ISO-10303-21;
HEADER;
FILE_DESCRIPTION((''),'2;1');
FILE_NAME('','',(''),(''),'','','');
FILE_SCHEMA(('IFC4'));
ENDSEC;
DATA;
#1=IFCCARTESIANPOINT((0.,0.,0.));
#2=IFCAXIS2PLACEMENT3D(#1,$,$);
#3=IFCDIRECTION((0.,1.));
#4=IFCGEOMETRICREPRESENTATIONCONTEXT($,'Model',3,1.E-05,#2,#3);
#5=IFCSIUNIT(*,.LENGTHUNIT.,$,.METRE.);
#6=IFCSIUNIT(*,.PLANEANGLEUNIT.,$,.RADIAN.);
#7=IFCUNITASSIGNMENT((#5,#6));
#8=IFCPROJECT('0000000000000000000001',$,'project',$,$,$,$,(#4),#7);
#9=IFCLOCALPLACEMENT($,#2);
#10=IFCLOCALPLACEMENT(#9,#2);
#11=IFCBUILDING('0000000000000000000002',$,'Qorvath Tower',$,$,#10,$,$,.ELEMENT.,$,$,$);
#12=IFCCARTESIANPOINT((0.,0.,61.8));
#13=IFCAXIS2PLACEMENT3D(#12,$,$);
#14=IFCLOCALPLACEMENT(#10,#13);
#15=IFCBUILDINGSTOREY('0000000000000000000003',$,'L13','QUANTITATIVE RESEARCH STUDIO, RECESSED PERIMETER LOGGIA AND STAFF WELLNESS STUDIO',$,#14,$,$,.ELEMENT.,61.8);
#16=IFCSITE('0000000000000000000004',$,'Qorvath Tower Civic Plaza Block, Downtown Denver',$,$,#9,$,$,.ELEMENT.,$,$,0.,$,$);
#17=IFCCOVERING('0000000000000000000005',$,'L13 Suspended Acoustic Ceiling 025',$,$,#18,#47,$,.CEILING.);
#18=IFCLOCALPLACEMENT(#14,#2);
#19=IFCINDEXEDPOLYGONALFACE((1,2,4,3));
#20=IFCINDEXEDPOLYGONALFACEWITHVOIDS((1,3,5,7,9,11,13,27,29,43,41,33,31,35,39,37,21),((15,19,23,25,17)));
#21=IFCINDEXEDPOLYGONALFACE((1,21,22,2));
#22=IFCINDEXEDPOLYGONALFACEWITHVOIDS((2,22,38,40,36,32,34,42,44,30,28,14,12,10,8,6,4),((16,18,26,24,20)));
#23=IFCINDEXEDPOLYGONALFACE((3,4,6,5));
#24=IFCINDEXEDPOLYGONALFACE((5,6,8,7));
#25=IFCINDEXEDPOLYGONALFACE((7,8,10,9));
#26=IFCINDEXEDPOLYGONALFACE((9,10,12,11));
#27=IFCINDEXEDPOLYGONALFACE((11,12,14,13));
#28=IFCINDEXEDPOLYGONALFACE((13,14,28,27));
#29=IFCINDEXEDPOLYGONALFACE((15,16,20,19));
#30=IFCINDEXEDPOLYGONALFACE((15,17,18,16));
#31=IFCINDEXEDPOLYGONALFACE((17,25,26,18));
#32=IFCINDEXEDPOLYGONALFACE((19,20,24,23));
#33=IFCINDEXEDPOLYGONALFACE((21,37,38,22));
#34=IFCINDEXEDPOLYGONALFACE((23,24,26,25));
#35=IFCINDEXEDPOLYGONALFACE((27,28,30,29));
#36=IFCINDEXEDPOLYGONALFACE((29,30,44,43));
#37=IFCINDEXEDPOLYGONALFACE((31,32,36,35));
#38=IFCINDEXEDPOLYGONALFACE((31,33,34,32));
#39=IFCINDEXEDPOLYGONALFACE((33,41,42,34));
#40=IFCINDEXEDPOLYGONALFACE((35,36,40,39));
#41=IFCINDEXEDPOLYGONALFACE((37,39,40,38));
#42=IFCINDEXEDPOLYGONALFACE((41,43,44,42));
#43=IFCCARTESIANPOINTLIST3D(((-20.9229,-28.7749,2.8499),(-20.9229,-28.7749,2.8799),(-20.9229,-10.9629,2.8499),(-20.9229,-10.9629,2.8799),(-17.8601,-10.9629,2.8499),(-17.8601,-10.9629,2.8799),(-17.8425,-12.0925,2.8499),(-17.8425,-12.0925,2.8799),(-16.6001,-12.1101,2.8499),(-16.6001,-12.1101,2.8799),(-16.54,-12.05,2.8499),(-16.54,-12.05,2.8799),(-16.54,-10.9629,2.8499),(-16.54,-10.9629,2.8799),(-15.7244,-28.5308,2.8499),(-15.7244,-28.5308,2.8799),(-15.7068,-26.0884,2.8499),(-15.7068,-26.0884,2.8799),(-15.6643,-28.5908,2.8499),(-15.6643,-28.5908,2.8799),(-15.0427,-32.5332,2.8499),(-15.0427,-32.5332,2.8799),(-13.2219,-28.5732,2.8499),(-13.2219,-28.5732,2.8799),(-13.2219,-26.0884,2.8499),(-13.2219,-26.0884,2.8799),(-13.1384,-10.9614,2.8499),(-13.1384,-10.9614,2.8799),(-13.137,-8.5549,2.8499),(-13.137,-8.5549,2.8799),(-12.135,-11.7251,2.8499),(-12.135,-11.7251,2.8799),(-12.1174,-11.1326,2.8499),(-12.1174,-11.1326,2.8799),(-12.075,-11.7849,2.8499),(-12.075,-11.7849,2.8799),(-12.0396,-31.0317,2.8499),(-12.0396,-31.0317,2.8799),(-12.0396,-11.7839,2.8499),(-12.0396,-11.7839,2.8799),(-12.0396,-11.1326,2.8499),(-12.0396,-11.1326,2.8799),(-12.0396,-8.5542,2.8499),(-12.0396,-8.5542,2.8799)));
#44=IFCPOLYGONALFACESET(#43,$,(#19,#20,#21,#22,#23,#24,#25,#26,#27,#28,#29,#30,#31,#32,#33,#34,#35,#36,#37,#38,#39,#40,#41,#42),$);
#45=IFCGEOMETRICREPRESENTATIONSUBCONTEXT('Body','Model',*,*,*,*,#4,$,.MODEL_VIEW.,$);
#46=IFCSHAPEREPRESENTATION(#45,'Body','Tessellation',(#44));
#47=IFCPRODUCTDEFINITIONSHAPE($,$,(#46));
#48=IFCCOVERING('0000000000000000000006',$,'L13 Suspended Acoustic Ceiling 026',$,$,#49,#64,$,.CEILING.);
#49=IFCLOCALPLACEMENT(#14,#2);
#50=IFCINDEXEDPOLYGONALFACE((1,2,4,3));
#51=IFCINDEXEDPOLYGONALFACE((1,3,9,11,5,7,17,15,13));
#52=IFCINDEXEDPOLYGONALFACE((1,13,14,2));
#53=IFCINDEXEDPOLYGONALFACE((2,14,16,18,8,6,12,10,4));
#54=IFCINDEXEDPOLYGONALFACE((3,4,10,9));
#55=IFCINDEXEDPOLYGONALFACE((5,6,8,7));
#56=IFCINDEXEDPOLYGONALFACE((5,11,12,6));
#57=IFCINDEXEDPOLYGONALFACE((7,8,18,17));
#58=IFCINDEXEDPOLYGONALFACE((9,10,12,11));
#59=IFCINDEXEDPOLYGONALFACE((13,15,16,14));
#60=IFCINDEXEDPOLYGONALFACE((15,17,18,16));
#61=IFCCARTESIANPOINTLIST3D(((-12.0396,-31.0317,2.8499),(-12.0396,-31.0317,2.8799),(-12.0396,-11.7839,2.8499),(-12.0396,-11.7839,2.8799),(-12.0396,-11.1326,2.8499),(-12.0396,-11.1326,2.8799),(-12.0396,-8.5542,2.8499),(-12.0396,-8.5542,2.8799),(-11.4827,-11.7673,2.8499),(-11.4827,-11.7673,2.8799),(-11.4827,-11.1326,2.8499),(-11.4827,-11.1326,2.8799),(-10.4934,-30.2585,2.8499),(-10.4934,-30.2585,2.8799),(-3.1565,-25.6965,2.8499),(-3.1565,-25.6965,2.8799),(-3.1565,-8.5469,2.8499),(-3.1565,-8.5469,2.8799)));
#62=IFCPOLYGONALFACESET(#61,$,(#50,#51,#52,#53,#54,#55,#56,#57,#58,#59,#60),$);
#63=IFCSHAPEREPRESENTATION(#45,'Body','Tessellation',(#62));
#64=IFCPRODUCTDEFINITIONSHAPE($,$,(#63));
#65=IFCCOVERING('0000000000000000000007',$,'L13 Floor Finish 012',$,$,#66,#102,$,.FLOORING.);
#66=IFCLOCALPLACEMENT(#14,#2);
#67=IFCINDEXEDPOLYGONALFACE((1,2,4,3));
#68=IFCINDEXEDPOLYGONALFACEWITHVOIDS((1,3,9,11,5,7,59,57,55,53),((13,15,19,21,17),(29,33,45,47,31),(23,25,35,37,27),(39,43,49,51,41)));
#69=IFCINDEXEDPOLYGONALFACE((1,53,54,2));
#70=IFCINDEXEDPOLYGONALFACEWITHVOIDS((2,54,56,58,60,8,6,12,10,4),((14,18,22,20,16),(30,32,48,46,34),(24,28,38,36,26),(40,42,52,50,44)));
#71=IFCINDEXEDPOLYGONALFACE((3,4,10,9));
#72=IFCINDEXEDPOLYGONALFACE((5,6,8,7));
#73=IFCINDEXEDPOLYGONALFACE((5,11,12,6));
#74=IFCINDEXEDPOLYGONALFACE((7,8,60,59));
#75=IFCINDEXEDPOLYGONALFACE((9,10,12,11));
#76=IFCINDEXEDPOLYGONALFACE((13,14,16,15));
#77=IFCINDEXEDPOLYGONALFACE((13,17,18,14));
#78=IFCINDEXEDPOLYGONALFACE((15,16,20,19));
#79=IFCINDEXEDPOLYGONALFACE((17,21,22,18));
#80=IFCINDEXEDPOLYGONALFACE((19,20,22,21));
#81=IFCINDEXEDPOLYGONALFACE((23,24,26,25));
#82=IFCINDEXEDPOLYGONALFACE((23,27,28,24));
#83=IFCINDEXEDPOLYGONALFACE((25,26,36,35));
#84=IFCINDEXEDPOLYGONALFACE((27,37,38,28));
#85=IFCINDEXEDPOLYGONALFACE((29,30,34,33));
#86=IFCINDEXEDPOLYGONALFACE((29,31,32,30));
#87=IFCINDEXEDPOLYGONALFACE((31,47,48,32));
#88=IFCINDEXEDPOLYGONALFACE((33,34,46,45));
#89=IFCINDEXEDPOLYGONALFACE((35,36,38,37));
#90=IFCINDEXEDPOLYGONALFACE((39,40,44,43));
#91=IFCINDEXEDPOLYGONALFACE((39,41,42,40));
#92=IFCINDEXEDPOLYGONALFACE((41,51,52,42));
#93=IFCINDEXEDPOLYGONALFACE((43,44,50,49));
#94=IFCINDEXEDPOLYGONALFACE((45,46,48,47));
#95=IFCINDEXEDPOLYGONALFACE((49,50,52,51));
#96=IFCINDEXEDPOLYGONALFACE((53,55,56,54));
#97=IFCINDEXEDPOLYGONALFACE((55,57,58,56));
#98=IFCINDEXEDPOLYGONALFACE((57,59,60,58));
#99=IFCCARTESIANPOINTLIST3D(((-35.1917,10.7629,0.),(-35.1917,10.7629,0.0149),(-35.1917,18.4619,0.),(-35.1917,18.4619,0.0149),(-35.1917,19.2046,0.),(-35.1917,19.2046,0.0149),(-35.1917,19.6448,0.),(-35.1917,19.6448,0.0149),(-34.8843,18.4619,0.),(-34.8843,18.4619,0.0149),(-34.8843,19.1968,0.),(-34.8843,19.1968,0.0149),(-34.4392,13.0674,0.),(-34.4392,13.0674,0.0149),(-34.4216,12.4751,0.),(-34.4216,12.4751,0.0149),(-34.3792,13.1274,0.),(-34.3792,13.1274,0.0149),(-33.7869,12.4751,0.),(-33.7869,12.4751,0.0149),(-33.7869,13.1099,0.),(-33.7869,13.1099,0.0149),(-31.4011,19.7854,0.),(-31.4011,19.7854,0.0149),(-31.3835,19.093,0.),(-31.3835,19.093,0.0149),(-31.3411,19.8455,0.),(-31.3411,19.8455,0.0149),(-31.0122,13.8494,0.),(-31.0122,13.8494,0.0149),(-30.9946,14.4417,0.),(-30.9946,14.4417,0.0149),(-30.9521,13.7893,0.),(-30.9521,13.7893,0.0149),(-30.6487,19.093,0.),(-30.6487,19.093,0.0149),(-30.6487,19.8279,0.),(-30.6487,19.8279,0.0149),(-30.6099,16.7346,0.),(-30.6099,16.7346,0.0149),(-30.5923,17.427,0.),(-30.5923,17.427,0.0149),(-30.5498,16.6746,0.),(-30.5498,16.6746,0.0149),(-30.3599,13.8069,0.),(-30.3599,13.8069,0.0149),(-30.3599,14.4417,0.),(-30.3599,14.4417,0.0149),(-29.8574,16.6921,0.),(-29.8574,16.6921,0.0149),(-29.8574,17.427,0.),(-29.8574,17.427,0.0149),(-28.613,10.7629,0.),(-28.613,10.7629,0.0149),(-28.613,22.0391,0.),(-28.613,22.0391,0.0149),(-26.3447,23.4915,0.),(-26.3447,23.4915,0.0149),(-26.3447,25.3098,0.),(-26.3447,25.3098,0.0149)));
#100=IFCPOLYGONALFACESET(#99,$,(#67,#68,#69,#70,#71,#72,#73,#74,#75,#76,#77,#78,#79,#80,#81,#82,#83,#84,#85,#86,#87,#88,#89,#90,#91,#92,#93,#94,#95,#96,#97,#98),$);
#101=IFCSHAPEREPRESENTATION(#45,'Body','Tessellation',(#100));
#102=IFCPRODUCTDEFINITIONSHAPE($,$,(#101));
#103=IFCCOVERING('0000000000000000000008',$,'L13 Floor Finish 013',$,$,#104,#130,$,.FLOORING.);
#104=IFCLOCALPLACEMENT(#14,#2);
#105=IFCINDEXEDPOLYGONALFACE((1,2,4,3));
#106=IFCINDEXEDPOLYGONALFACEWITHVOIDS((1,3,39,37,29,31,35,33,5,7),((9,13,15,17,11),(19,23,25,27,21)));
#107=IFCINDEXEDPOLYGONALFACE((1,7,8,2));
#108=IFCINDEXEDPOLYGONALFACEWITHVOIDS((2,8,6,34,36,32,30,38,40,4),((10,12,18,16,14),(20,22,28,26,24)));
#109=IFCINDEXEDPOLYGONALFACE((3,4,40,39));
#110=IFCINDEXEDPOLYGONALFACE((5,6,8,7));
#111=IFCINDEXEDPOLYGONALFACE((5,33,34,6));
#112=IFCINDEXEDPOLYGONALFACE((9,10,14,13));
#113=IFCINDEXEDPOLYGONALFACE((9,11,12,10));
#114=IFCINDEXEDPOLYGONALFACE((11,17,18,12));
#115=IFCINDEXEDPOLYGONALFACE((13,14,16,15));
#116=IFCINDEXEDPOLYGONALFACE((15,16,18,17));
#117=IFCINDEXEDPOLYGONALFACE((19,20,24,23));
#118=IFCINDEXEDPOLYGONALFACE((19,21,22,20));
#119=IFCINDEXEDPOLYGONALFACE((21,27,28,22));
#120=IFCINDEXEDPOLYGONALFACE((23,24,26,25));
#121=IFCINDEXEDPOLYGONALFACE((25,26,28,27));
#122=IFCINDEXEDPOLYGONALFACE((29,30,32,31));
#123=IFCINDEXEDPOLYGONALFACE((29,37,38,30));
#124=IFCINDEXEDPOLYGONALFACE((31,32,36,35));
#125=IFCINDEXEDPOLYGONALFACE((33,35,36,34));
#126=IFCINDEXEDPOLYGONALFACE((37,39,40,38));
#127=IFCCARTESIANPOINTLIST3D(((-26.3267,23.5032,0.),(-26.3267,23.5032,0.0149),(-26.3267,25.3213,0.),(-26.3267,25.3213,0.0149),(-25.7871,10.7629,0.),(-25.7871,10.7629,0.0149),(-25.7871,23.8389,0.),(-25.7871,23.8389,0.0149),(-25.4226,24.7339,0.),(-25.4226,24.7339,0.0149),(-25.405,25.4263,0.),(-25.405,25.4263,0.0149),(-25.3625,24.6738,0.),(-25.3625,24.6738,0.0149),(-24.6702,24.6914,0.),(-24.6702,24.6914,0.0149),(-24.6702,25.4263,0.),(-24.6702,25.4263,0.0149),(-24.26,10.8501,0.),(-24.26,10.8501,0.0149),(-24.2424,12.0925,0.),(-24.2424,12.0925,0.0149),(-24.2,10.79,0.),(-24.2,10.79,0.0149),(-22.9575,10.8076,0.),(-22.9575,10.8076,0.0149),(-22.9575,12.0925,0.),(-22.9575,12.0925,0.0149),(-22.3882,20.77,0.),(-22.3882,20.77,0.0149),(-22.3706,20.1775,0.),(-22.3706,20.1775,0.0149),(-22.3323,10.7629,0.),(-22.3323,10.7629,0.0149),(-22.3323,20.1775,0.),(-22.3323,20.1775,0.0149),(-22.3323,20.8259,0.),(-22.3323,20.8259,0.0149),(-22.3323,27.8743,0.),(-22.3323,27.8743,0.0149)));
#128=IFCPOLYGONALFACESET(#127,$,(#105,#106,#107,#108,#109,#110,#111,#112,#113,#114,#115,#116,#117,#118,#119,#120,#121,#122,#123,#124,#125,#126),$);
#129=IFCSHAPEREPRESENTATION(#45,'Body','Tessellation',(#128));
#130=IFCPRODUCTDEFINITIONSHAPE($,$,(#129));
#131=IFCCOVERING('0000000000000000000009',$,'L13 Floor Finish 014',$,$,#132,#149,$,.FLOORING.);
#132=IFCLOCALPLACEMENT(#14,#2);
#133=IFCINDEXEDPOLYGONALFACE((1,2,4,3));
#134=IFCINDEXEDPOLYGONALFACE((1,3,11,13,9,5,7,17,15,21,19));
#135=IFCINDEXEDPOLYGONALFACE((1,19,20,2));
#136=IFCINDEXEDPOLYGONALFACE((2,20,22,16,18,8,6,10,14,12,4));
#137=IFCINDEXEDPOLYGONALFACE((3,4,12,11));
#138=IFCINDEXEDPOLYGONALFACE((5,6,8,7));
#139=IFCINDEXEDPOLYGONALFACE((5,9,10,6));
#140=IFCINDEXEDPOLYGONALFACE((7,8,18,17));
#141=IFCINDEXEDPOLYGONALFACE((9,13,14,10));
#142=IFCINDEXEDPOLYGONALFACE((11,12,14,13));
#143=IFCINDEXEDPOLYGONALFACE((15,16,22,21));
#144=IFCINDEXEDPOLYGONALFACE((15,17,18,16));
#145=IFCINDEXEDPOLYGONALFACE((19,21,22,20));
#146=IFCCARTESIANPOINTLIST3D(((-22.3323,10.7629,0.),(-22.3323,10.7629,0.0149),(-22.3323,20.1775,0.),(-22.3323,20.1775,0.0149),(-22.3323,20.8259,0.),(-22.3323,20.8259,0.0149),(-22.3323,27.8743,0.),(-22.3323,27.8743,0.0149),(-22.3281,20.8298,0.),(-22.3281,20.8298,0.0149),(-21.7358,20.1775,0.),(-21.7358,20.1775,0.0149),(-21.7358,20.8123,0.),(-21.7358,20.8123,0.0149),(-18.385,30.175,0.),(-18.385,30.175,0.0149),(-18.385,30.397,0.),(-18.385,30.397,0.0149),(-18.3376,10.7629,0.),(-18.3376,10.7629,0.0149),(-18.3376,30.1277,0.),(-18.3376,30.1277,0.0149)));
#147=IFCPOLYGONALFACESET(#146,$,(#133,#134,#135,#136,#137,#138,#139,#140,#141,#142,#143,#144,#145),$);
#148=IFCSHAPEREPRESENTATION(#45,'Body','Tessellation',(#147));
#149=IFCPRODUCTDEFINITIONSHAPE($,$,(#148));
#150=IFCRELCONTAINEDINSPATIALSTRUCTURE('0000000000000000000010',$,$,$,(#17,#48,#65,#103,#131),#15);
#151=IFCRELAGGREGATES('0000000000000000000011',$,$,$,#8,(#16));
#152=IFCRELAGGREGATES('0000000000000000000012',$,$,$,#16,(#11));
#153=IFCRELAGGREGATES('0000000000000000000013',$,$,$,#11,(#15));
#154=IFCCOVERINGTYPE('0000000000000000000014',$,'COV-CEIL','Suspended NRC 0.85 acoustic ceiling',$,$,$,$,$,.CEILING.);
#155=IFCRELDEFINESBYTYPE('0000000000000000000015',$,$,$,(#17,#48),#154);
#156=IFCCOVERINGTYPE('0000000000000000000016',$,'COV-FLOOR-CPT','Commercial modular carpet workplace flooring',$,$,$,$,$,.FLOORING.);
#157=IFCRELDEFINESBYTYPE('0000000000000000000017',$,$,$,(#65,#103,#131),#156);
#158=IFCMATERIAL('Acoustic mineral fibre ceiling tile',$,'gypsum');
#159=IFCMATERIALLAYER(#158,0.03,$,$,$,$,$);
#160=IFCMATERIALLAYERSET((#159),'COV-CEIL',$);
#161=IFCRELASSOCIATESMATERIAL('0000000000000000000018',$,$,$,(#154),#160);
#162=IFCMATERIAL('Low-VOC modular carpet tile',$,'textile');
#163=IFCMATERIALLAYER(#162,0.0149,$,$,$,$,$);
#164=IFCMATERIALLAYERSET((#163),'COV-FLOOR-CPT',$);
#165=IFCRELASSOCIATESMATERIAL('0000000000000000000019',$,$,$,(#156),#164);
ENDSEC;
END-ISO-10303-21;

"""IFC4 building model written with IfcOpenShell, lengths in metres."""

from ifc_helpers import new_model, si_unit, direction, frame, origin, place, context, subcontext, project, spatial, polyline, outline, extrude, material, layer, layer_set, type_object, element, save


model = new_model("IFC4")

# Units and contexts
model_context = context("Model", 3, precision=1e-05, world=origin(), true_north=direction((0.0, 1.0)))
body_context = subcontext(model_context, "Body", "Model", "MODEL_VIEW")
ifc_project = project(units=[si_unit("LENGTHUNIT", "METRE"), si_unit("PLANEANGLEUNIT", "RADIAN")], contexts=[model_context])

# Site, building, storey
site_placement = place(None, origin())
site = spatial("IfcSite", under=ifc_project, at=site_placement, Name="Qorvath Tower Civic Plaza Block, Downtown Denver", CompositionType="ELEMENT", RefElevation=0.0)
building_placement = place(site_placement, origin())
building = spatial("IfcBuilding", under=site, at=building_placement, Name="Qorvath Tower", CompositionType="ELEMENT")
storey_placement = place(building_placement, frame((0.0, 0.0, 61.8)))
storey = spatial("IfcBuildingStorey", under=building, at=storey_placement, Name="L13", Description="QUANTITATIVE RESEARCH STUDIO, RECESSED PERIMETER LOGGIA AND STAFF WELLNESS STUDIO", CompositionType="ELEMENT", Elevation=61.8)

# Coverings
ifc_material_1 = material(Name="Acoustic mineral fibre ceiling tile", Category="gypsum")
ifc_layer_1 = layer(ifc_material_1, 0.03)
ifc_layer_set_1 = layer_set([ifc_layer_1], Name="COV-CEIL")
covering_type_1 = type_object("IfcCoveringType", Name="COV-CEIL", Description="Suspended NRC 0.85 acoustic ceiling", PredefinedType="CEILING", material=ifc_layer_set_1)
covering_1_placement = place(storey_placement, frame((0.0, 0.0, 2.8499)))
element("IfcCovering", 1, at=covering_1_placement, inside=storey, type_object=covering_type_1, Name="L13 Suspended Acoustic Ceiling 025", PredefinedType="CEILING", context=body_context, shape_type="SweptSolid", body=[
    extrude(outline(polyline([(-17.8601, -10.9629), (-20.9229, -10.9629), (-20.9229, -28.7749), (-15.0427, -32.5332), (-12.0396, -31.0317), (-12.0396, -11.7839), (-12.075, -11.7849), (-12.135, -11.7251), (-12.1174, -11.1326), (-12.0396, -11.1326), (-12.0396, -8.5542), (-13.137, -8.5549), (-13.1384, -10.9614), (-16.54, -10.9629), (-16.54, -12.05), (-16.6001, -12.1101), (-17.8425, -12.0925), (-17.8601, -10.9629)]), holes=[polyline([(-15.7244, -28.5308), (-15.7068, -26.0884), (-13.2219, -26.0884), (-13.2219, -28.5732), (-15.6643, -28.5908), (-15.7244, -28.5308)])]), origin(), (0.0, 0.0, 1.0), 0.03),
])
covering_2_placement = place(storey_placement, frame((0.0, 0.0, 2.8499)))
element("IfcCovering", 2, at=covering_2_placement, inside=storey, type_object=covering_type_1, Name="L13 Suspended Acoustic Ceiling 026", PredefinedType="CEILING", context=body_context, shape_type="SweptSolid", body=[
    extrude(outline(polyline([(-12.0396, -8.5542), (-12.0396, -11.1326), (-11.4827, -11.1326), (-11.4827, -11.7673), (-12.0396, -11.7839), (-12.0396, -31.0317), (-10.4934, -30.2585), (-3.1565, -25.6965), (-3.1565, -8.5469), (-12.0396, -8.5542)])), origin(), (0.0, 0.0, 1.0), 0.03),
])
ifc_material_2 = material(Name="Low-VOC modular carpet tile", Category="textile")
ifc_layer_2 = layer(ifc_material_2, 0.0149)
ifc_layer_set_2 = layer_set([ifc_layer_2], Name="COV-FLOOR-CPT")
covering_type_2 = type_object("IfcCoveringType", Name="COV-FLOOR-CPT", Description="Commercial modular carpet workplace flooring", PredefinedType="FLOORING", material=ifc_layer_set_2)
covering_3_placement = place(storey_placement, origin())
element("IfcCovering", 3, at=covering_3_placement, inside=storey, type_object=covering_type_2, Name="L13 Floor Finish 012", PredefinedType="FLOORING", context=body_context, shape_type="SweptSolid", body=[
    extrude(outline(polyline([(-35.1917, 19.6448), (-35.1917, 19.2046), (-34.8843, 19.1968), (-34.8843, 18.4619), (-35.1917, 18.4619), (-35.1917, 10.7629), (-28.613, 10.7629), (-28.613, 22.0391), (-26.3447, 23.4915), (-26.3447, 25.3098), (-35.1917, 19.6448)]), holes=[polyline([(-30.6099, 16.7346), (-30.5923, 17.427), (-29.8574, 17.427), (-29.8574, 16.6921), (-30.5498, 16.6746), (-30.6099, 16.7346)]), polyline([(-31.0122, 13.8494), (-30.9946, 14.4417), (-30.3599, 14.4417), (-30.3599, 13.8069), (-30.9521, 13.7893), (-31.0122, 13.8494)]), polyline([(-31.4011, 19.7854), (-31.3411, 19.8455), (-30.6487, 19.8279), (-30.6487, 19.093), (-31.3835, 19.093), (-31.4011, 19.7854)]), polyline([(-34.4392, 13.0674), (-34.3792, 13.1274), (-33.7869, 13.1099), (-33.7869, 12.4751), (-34.4216, 12.4751), (-34.4392, 13.0674)])]), origin(), (0.0, 0.0, 1.0), 0.0149),
])
covering_4_placement = place(storey_placement, origin())
element("IfcCovering", 4, at=covering_4_placement, inside=storey, type_object=covering_type_2, Name="L13 Floor Finish 013", PredefinedType="FLOORING", context=body_context, shape_type="SweptSolid", body=[
    extrude(outline(polyline([(-22.3323, 10.7629), (-22.3323, 20.1775), (-22.3706, 20.1775), (-22.3882, 20.77), (-22.3323, 20.8259), (-22.3323, 27.8743), (-26.3267, 25.3213), (-26.3267, 23.5032), (-25.7871, 23.8389), (-25.7871, 10.7629), (-22.3323, 10.7629)]), holes=[polyline([(-24.26, 10.8501), (-24.2424, 12.0925), (-22.9575, 12.0925), (-22.9575, 10.8076), (-24.2, 10.79), (-24.26, 10.8501)]), polyline([(-25.4226, 24.7339), (-25.405, 25.4263), (-24.6702, 25.4263), (-24.6702, 24.6914), (-25.3625, 24.6738), (-25.4226, 24.7339)])]), origin(), (0.0, 0.0, 1.0), 0.0149),
])
covering_5_placement = place(storey_placement, origin())
element("IfcCovering", 5, at=covering_5_placement, inside=storey, type_object=covering_type_2, Name="L13 Floor Finish 014", PredefinedType="FLOORING", context=body_context, shape_type="SweptSolid", body=[
    extrude(outline(polyline([(-18.3376, 10.7629), (-18.3376, 30.1277), (-18.385, 30.175), (-18.385, 30.397), (-22.3323, 27.8743), (-22.3323, 20.8259), (-22.3281, 20.8298), (-21.7358, 20.8123), (-21.7358, 20.1775), (-22.3323, 20.1775), (-22.3323, 10.7629), (-18.3376, 10.7629)])), origin(), (0.0, 0.0, 1.0), 0.0149),
])

save(model, "model.ifc")
